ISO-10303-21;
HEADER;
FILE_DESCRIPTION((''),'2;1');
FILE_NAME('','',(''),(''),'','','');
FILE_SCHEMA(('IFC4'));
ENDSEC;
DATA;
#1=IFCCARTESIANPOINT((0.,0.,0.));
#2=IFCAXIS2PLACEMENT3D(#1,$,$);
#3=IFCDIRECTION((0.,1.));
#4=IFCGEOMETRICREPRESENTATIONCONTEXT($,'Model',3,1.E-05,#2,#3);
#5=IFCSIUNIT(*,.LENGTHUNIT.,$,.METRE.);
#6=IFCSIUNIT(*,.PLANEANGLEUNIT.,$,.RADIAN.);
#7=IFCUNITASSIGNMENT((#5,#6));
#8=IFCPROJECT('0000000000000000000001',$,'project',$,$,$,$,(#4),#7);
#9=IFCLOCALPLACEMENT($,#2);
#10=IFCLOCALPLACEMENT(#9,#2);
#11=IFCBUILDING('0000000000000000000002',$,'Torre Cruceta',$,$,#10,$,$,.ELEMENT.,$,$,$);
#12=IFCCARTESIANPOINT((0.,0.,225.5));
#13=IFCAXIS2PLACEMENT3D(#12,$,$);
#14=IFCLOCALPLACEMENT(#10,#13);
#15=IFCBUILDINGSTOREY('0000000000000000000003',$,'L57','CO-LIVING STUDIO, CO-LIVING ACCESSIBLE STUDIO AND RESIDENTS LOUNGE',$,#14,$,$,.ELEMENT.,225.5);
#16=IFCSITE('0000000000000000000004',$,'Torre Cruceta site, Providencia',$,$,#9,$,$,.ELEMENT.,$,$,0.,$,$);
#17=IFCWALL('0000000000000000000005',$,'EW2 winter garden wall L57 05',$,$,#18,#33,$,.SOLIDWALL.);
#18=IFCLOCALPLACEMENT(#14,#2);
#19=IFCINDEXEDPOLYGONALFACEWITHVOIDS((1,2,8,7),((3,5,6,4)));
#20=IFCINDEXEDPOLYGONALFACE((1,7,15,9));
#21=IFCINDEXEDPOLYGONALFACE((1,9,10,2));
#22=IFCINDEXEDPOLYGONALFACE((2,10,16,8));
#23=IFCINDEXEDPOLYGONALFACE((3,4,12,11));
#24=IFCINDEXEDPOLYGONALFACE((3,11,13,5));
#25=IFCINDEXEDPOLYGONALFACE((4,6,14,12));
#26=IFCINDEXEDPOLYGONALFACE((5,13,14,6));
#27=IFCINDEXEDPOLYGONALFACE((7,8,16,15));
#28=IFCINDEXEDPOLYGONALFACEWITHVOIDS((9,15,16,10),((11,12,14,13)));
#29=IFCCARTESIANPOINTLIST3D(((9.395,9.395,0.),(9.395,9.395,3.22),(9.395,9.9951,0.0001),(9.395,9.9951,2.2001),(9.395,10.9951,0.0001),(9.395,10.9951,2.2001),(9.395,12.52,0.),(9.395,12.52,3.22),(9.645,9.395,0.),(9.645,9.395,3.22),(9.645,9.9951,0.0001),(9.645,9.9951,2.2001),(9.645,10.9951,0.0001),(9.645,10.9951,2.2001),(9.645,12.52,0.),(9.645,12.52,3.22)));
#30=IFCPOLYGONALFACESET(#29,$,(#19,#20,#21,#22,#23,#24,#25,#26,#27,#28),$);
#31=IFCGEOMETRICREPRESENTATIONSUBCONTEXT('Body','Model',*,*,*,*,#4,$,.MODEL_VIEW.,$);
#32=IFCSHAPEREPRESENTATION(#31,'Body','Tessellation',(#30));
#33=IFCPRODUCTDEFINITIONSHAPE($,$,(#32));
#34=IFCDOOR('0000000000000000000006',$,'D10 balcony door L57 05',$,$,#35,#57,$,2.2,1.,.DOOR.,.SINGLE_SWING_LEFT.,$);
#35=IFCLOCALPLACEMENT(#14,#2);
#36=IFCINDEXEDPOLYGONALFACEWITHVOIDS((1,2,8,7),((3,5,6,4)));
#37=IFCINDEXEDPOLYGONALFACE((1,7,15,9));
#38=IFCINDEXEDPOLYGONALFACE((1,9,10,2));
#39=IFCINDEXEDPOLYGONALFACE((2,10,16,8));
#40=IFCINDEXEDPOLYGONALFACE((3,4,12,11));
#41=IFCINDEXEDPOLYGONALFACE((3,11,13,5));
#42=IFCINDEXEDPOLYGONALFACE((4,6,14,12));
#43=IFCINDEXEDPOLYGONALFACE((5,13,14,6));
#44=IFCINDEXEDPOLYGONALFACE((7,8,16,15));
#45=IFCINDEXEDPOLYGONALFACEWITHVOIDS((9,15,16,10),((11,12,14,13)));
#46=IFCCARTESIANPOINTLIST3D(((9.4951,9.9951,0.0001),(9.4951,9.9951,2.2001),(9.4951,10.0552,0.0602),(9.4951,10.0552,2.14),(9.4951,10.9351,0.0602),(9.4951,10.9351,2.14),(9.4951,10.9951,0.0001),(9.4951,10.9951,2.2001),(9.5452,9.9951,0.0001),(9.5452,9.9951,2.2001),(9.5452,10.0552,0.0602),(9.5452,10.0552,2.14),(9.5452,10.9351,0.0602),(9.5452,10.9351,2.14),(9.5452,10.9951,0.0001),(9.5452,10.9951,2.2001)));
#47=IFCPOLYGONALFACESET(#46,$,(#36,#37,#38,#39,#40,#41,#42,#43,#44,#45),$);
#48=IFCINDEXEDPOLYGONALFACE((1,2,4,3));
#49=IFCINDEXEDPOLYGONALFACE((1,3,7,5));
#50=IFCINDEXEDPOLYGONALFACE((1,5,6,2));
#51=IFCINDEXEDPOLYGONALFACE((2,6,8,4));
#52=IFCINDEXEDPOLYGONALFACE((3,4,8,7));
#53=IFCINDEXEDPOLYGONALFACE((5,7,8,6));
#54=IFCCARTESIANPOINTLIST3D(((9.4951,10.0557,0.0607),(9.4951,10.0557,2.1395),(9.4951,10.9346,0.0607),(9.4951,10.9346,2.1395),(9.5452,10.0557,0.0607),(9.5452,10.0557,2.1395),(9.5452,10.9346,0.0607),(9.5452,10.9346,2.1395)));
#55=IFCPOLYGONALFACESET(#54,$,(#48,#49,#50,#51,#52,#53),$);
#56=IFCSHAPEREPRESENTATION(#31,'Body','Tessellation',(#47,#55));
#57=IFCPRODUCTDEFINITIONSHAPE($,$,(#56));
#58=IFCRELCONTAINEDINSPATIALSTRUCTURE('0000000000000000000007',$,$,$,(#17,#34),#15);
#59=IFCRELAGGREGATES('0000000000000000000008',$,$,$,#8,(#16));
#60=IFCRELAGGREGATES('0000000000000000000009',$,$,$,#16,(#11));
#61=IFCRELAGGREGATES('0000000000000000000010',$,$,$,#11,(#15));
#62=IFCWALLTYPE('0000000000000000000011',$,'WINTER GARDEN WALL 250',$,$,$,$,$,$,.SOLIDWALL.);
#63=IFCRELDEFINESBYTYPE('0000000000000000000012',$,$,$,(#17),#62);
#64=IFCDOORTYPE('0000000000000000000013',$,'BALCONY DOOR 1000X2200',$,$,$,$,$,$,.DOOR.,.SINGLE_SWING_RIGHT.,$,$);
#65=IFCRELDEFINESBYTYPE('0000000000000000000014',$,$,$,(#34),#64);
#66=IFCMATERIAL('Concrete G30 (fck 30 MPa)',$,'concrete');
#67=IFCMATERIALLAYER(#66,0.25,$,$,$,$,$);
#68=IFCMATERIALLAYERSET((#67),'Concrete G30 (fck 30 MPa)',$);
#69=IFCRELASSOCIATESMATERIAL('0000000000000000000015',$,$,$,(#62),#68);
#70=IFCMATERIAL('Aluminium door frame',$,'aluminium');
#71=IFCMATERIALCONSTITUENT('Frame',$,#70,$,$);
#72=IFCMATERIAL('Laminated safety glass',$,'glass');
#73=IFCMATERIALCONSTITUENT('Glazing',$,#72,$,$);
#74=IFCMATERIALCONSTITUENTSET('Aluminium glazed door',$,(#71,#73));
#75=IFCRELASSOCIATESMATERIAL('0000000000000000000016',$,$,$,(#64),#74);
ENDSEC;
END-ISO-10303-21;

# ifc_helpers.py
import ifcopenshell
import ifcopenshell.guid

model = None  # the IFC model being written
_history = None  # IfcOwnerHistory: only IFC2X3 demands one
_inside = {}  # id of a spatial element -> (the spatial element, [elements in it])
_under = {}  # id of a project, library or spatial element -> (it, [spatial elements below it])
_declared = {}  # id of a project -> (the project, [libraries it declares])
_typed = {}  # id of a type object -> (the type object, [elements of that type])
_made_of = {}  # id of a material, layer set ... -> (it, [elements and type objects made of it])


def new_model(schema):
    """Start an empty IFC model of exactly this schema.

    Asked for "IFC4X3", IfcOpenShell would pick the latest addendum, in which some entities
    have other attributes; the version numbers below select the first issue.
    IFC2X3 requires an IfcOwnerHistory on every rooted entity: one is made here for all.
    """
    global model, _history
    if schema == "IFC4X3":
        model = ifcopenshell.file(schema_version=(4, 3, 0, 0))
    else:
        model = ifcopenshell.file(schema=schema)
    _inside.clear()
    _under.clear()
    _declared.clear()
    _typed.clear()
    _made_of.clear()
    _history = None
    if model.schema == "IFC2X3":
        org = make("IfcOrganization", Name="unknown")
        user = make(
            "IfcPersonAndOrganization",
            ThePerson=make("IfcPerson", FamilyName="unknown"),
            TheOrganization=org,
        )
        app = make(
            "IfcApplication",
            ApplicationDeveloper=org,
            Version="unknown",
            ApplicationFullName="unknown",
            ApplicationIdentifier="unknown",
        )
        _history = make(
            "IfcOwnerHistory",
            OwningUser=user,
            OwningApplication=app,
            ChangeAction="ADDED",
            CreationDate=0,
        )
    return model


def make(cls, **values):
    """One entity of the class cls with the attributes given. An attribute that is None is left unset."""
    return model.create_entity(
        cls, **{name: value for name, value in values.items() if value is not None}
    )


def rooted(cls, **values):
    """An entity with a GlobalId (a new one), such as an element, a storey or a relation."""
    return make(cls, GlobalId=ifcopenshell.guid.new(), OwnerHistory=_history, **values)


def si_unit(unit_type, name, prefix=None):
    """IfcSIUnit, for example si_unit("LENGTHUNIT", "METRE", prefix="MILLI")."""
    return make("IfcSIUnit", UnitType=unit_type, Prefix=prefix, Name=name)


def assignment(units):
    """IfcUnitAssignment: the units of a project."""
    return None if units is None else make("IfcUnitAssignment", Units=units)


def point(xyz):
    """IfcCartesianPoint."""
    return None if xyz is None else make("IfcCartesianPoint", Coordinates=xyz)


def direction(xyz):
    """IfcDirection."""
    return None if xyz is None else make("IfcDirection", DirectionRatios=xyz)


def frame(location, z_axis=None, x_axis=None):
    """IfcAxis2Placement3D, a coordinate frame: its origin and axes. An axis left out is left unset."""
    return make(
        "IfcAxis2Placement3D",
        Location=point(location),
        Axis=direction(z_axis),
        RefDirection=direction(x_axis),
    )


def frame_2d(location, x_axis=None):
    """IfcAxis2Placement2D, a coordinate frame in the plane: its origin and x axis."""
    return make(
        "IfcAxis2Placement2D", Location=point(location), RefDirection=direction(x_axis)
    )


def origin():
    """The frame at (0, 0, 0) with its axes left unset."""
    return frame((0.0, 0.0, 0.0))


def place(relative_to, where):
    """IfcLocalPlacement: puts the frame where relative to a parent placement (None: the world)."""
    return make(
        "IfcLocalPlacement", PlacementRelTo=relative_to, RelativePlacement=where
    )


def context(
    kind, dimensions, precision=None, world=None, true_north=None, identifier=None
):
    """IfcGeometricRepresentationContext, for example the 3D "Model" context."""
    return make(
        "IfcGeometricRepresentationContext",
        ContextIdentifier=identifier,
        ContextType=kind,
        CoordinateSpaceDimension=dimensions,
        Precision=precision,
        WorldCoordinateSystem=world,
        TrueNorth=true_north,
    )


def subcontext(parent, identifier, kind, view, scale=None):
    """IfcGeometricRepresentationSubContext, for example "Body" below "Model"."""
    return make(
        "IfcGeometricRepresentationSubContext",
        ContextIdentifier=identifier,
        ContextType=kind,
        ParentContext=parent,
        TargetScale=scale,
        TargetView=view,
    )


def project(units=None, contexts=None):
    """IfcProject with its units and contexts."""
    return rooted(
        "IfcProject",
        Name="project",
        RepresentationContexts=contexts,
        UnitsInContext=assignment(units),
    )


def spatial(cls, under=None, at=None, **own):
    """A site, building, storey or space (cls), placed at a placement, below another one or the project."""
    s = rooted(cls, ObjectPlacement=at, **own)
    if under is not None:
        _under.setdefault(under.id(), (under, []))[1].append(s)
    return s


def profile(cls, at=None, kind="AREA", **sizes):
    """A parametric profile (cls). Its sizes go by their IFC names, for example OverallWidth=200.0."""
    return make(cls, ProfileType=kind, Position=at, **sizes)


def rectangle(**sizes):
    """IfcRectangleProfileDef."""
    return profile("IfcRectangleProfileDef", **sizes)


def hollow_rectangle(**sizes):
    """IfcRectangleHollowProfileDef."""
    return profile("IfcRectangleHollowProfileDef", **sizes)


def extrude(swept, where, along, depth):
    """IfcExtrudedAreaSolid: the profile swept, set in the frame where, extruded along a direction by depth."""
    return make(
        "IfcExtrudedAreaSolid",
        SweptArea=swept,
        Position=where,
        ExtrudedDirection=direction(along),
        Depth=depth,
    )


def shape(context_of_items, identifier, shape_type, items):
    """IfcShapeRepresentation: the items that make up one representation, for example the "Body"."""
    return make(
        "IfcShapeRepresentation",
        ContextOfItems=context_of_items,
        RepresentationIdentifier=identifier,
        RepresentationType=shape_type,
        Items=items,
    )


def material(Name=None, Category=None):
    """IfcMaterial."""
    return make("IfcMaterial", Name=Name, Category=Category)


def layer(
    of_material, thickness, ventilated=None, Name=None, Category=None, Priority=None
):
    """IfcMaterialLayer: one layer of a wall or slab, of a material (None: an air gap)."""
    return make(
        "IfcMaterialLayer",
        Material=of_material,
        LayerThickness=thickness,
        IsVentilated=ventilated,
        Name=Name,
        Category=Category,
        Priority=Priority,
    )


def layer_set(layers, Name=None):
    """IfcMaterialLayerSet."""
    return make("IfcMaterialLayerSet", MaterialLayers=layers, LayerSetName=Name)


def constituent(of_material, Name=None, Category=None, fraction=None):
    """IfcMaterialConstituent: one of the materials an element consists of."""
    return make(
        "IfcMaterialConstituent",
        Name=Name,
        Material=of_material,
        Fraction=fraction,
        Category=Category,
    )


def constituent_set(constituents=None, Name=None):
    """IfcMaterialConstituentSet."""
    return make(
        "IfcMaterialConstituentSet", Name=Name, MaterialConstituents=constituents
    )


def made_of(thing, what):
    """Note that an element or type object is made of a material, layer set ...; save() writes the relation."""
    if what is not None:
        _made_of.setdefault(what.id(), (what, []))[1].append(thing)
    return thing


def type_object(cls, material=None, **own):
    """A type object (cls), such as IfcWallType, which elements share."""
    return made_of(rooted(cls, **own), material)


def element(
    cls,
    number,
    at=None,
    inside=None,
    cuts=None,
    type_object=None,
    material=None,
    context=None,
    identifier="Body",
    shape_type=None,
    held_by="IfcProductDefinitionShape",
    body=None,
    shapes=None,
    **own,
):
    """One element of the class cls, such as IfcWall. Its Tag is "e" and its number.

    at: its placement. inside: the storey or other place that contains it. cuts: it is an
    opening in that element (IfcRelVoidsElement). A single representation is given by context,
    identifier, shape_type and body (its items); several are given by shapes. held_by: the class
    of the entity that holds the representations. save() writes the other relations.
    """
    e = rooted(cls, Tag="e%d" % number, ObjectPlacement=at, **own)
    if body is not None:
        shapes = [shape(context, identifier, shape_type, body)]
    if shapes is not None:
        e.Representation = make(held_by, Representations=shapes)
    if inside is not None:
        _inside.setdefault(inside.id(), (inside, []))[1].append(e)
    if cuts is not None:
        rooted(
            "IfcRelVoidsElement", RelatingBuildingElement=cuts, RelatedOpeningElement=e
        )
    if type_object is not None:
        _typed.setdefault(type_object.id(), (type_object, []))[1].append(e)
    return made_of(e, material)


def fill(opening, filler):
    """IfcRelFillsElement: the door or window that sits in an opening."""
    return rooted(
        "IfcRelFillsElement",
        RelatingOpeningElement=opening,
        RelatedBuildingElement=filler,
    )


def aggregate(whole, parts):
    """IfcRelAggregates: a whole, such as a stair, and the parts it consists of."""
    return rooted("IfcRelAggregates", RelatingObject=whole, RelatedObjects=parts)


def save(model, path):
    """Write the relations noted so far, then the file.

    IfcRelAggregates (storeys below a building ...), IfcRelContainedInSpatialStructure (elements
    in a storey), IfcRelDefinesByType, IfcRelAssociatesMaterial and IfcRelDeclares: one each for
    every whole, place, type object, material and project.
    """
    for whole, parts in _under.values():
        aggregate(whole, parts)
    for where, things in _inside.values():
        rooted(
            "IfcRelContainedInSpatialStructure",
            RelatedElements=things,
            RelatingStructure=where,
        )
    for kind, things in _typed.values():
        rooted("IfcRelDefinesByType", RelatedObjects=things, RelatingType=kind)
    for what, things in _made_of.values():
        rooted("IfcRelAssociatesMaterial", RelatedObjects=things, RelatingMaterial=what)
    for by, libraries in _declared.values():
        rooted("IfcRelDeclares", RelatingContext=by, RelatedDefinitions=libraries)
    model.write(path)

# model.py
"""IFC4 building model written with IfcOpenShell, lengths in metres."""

from ifc_helpers import new_model, si_unit, direction, frame, frame_2d, origin, place, context, subcontext, project, spatial, rectangle, hollow_rectangle, extrude, material, layer, layer_set, constituent, constituent_set, type_object, element, fill, save


model = new_model("IFC4")

# Units and contexts
model_context = context("Model", 3, precision=1e-05, world=origin(), true_north=direction((0.0, 1.0)))
body_context = subcontext(model_context, "Body", "Model", "MODEL_VIEW")
ifc_project = project(units=[si_unit("LENGTHUNIT", "METRE"), si_unit("PLANEANGLEUNIT", "RADIAN")], contexts=[model_context])

# Site, building, storey
site_placement = place(None, origin())
site = spatial("IfcSite", under=ifc_project, at=site_placement, Name="Torre Cruceta site, Providencia", CompositionType="ELEMENT", RefElevation=0.0)
building_placement = place(site_placement, origin())
building = spatial("IfcBuilding", under=site, at=building_placement, Name="Torre Cruceta", CompositionType="ELEMENT")
storey_placement = place(building_placement, frame((0.0, 0.0, 225.5)))
storey = spatial("IfcBuildingStorey", under=building, at=storey_placement, Name="L57", Description="CO-LIVING STUDIO, CO-LIVING ACCESSIBLE STUDIO AND RESIDENTS LOUNGE", CompositionType="ELEMENT", Elevation=225.5)

# Wall, opening, door
ifc_material_1 = material(Name="Concrete G30 (fck 30 MPa)", Category="concrete")
ifc_layer_1 = layer(ifc_material_1, 0.25)
ifc_layer_set_1 = layer_set([ifc_layer_1], Name="Concrete G30 (fck 30 MPa)")
wall_type_1 = type_object("IfcWallType", Name="WINTER GARDEN WALL 250", PredefinedType="SOLIDWALL", material=ifc_layer_set_1)
ifc_material_2 = material(Name="Aluminium door frame", Category="aluminium")
ifc_constituent_1 = constituent(ifc_material_2, Name="Frame")
ifc_material_3 = material(Name="Laminated safety glass", Category="glass")
ifc_constituent_2 = constituent(ifc_material_3, Name="Glazing")
ifc_constituent_set_1 = constituent_set(constituents=[ifc_constituent_1, ifc_constituent_2], Name="Aluminium glazed door")
door_type = type_object("IfcDoorType", Name="BALCONY DOOR 1000X2200", OperationType="SINGLE_SWING_RIGHT", PredefinedType="DOOR", material=ifc_constituent_set_1)
wall_1_placement = place(storey_placement, frame((9.52, 9.395, 0.0), z_axis=(0.0, 0.0, 1.0), x_axis=(0.0, 1.0, 0.0)))
wall_1 = element("IfcWall", 1, at=wall_1_placement, inside=storey, type_object=wall_type_1, Name="EW2 winter garden wall L57 05", PredefinedType="SOLIDWALL", context=body_context, shape_type="SweptSolid", body=[
    extrude(rectangle(XDim=3.125, YDim=0.25, at=frame_2d((1.5625, 0.0))), origin(), (0.0, 0.0, 1.0), 3.22),
])
opening_1_placement = place(wall_1_placement, frame((0.6001, 0.0, 0.0)))
opening_1 = element("IfcOpeningElement", 2, at=opening_1_placement, cuts=wall_1, PredefinedType="OPENING", context=body_context, shape_type="SweptSolid", body=[
    extrude(rectangle(XDim=1.0, YDim=2.2, at=frame_2d((0.5, 1.1001))), frame((0.0, 0.135, 0.0), z_axis=(0.0, -1.0, 0.0), x_axis=(1.0, 0.0, 0.0)), (0.0, 0.0, 1.0), 0.27),
])
door_1_placement = place(opening_1_placement, origin())
door_1 = element("IfcDoor", 3, at=door_1_placement, inside=storey, type_object=door_type, Name="D10 balcony door L57 05", OperationType="SINGLE_SWING_LEFT", OverallHeight=2.2, OverallWidth=1.0, PredefinedType="DOOR", context=body_context, shape_type="SweptSolid", body=[
    extrude(hollow_rectangle(XDim=1.0, YDim=2.2, WallThickness=0.0601, at=frame_2d((0.5, 1.1001))), frame((0.0, 0.0249, 0.0), z_axis=(0.0, -1.0, 0.0), x_axis=(1.0, 0.0, 0.0)), (0.0, 0.0, 1.0), 0.05),
    extrude(rectangle(XDim=0.8789, YDim=2.0789, at=frame_2d((0.5, 1.1001))), frame((0.0, 0.0249, 0.0), z_axis=(0.0, -1.0, 0.0), x_axis=(1.0, 0.0, 0.0)), (0.0, 0.0, 1.0), 0.05),
])
fill(opening_1, door_1)

save(model, "model.ifc")
